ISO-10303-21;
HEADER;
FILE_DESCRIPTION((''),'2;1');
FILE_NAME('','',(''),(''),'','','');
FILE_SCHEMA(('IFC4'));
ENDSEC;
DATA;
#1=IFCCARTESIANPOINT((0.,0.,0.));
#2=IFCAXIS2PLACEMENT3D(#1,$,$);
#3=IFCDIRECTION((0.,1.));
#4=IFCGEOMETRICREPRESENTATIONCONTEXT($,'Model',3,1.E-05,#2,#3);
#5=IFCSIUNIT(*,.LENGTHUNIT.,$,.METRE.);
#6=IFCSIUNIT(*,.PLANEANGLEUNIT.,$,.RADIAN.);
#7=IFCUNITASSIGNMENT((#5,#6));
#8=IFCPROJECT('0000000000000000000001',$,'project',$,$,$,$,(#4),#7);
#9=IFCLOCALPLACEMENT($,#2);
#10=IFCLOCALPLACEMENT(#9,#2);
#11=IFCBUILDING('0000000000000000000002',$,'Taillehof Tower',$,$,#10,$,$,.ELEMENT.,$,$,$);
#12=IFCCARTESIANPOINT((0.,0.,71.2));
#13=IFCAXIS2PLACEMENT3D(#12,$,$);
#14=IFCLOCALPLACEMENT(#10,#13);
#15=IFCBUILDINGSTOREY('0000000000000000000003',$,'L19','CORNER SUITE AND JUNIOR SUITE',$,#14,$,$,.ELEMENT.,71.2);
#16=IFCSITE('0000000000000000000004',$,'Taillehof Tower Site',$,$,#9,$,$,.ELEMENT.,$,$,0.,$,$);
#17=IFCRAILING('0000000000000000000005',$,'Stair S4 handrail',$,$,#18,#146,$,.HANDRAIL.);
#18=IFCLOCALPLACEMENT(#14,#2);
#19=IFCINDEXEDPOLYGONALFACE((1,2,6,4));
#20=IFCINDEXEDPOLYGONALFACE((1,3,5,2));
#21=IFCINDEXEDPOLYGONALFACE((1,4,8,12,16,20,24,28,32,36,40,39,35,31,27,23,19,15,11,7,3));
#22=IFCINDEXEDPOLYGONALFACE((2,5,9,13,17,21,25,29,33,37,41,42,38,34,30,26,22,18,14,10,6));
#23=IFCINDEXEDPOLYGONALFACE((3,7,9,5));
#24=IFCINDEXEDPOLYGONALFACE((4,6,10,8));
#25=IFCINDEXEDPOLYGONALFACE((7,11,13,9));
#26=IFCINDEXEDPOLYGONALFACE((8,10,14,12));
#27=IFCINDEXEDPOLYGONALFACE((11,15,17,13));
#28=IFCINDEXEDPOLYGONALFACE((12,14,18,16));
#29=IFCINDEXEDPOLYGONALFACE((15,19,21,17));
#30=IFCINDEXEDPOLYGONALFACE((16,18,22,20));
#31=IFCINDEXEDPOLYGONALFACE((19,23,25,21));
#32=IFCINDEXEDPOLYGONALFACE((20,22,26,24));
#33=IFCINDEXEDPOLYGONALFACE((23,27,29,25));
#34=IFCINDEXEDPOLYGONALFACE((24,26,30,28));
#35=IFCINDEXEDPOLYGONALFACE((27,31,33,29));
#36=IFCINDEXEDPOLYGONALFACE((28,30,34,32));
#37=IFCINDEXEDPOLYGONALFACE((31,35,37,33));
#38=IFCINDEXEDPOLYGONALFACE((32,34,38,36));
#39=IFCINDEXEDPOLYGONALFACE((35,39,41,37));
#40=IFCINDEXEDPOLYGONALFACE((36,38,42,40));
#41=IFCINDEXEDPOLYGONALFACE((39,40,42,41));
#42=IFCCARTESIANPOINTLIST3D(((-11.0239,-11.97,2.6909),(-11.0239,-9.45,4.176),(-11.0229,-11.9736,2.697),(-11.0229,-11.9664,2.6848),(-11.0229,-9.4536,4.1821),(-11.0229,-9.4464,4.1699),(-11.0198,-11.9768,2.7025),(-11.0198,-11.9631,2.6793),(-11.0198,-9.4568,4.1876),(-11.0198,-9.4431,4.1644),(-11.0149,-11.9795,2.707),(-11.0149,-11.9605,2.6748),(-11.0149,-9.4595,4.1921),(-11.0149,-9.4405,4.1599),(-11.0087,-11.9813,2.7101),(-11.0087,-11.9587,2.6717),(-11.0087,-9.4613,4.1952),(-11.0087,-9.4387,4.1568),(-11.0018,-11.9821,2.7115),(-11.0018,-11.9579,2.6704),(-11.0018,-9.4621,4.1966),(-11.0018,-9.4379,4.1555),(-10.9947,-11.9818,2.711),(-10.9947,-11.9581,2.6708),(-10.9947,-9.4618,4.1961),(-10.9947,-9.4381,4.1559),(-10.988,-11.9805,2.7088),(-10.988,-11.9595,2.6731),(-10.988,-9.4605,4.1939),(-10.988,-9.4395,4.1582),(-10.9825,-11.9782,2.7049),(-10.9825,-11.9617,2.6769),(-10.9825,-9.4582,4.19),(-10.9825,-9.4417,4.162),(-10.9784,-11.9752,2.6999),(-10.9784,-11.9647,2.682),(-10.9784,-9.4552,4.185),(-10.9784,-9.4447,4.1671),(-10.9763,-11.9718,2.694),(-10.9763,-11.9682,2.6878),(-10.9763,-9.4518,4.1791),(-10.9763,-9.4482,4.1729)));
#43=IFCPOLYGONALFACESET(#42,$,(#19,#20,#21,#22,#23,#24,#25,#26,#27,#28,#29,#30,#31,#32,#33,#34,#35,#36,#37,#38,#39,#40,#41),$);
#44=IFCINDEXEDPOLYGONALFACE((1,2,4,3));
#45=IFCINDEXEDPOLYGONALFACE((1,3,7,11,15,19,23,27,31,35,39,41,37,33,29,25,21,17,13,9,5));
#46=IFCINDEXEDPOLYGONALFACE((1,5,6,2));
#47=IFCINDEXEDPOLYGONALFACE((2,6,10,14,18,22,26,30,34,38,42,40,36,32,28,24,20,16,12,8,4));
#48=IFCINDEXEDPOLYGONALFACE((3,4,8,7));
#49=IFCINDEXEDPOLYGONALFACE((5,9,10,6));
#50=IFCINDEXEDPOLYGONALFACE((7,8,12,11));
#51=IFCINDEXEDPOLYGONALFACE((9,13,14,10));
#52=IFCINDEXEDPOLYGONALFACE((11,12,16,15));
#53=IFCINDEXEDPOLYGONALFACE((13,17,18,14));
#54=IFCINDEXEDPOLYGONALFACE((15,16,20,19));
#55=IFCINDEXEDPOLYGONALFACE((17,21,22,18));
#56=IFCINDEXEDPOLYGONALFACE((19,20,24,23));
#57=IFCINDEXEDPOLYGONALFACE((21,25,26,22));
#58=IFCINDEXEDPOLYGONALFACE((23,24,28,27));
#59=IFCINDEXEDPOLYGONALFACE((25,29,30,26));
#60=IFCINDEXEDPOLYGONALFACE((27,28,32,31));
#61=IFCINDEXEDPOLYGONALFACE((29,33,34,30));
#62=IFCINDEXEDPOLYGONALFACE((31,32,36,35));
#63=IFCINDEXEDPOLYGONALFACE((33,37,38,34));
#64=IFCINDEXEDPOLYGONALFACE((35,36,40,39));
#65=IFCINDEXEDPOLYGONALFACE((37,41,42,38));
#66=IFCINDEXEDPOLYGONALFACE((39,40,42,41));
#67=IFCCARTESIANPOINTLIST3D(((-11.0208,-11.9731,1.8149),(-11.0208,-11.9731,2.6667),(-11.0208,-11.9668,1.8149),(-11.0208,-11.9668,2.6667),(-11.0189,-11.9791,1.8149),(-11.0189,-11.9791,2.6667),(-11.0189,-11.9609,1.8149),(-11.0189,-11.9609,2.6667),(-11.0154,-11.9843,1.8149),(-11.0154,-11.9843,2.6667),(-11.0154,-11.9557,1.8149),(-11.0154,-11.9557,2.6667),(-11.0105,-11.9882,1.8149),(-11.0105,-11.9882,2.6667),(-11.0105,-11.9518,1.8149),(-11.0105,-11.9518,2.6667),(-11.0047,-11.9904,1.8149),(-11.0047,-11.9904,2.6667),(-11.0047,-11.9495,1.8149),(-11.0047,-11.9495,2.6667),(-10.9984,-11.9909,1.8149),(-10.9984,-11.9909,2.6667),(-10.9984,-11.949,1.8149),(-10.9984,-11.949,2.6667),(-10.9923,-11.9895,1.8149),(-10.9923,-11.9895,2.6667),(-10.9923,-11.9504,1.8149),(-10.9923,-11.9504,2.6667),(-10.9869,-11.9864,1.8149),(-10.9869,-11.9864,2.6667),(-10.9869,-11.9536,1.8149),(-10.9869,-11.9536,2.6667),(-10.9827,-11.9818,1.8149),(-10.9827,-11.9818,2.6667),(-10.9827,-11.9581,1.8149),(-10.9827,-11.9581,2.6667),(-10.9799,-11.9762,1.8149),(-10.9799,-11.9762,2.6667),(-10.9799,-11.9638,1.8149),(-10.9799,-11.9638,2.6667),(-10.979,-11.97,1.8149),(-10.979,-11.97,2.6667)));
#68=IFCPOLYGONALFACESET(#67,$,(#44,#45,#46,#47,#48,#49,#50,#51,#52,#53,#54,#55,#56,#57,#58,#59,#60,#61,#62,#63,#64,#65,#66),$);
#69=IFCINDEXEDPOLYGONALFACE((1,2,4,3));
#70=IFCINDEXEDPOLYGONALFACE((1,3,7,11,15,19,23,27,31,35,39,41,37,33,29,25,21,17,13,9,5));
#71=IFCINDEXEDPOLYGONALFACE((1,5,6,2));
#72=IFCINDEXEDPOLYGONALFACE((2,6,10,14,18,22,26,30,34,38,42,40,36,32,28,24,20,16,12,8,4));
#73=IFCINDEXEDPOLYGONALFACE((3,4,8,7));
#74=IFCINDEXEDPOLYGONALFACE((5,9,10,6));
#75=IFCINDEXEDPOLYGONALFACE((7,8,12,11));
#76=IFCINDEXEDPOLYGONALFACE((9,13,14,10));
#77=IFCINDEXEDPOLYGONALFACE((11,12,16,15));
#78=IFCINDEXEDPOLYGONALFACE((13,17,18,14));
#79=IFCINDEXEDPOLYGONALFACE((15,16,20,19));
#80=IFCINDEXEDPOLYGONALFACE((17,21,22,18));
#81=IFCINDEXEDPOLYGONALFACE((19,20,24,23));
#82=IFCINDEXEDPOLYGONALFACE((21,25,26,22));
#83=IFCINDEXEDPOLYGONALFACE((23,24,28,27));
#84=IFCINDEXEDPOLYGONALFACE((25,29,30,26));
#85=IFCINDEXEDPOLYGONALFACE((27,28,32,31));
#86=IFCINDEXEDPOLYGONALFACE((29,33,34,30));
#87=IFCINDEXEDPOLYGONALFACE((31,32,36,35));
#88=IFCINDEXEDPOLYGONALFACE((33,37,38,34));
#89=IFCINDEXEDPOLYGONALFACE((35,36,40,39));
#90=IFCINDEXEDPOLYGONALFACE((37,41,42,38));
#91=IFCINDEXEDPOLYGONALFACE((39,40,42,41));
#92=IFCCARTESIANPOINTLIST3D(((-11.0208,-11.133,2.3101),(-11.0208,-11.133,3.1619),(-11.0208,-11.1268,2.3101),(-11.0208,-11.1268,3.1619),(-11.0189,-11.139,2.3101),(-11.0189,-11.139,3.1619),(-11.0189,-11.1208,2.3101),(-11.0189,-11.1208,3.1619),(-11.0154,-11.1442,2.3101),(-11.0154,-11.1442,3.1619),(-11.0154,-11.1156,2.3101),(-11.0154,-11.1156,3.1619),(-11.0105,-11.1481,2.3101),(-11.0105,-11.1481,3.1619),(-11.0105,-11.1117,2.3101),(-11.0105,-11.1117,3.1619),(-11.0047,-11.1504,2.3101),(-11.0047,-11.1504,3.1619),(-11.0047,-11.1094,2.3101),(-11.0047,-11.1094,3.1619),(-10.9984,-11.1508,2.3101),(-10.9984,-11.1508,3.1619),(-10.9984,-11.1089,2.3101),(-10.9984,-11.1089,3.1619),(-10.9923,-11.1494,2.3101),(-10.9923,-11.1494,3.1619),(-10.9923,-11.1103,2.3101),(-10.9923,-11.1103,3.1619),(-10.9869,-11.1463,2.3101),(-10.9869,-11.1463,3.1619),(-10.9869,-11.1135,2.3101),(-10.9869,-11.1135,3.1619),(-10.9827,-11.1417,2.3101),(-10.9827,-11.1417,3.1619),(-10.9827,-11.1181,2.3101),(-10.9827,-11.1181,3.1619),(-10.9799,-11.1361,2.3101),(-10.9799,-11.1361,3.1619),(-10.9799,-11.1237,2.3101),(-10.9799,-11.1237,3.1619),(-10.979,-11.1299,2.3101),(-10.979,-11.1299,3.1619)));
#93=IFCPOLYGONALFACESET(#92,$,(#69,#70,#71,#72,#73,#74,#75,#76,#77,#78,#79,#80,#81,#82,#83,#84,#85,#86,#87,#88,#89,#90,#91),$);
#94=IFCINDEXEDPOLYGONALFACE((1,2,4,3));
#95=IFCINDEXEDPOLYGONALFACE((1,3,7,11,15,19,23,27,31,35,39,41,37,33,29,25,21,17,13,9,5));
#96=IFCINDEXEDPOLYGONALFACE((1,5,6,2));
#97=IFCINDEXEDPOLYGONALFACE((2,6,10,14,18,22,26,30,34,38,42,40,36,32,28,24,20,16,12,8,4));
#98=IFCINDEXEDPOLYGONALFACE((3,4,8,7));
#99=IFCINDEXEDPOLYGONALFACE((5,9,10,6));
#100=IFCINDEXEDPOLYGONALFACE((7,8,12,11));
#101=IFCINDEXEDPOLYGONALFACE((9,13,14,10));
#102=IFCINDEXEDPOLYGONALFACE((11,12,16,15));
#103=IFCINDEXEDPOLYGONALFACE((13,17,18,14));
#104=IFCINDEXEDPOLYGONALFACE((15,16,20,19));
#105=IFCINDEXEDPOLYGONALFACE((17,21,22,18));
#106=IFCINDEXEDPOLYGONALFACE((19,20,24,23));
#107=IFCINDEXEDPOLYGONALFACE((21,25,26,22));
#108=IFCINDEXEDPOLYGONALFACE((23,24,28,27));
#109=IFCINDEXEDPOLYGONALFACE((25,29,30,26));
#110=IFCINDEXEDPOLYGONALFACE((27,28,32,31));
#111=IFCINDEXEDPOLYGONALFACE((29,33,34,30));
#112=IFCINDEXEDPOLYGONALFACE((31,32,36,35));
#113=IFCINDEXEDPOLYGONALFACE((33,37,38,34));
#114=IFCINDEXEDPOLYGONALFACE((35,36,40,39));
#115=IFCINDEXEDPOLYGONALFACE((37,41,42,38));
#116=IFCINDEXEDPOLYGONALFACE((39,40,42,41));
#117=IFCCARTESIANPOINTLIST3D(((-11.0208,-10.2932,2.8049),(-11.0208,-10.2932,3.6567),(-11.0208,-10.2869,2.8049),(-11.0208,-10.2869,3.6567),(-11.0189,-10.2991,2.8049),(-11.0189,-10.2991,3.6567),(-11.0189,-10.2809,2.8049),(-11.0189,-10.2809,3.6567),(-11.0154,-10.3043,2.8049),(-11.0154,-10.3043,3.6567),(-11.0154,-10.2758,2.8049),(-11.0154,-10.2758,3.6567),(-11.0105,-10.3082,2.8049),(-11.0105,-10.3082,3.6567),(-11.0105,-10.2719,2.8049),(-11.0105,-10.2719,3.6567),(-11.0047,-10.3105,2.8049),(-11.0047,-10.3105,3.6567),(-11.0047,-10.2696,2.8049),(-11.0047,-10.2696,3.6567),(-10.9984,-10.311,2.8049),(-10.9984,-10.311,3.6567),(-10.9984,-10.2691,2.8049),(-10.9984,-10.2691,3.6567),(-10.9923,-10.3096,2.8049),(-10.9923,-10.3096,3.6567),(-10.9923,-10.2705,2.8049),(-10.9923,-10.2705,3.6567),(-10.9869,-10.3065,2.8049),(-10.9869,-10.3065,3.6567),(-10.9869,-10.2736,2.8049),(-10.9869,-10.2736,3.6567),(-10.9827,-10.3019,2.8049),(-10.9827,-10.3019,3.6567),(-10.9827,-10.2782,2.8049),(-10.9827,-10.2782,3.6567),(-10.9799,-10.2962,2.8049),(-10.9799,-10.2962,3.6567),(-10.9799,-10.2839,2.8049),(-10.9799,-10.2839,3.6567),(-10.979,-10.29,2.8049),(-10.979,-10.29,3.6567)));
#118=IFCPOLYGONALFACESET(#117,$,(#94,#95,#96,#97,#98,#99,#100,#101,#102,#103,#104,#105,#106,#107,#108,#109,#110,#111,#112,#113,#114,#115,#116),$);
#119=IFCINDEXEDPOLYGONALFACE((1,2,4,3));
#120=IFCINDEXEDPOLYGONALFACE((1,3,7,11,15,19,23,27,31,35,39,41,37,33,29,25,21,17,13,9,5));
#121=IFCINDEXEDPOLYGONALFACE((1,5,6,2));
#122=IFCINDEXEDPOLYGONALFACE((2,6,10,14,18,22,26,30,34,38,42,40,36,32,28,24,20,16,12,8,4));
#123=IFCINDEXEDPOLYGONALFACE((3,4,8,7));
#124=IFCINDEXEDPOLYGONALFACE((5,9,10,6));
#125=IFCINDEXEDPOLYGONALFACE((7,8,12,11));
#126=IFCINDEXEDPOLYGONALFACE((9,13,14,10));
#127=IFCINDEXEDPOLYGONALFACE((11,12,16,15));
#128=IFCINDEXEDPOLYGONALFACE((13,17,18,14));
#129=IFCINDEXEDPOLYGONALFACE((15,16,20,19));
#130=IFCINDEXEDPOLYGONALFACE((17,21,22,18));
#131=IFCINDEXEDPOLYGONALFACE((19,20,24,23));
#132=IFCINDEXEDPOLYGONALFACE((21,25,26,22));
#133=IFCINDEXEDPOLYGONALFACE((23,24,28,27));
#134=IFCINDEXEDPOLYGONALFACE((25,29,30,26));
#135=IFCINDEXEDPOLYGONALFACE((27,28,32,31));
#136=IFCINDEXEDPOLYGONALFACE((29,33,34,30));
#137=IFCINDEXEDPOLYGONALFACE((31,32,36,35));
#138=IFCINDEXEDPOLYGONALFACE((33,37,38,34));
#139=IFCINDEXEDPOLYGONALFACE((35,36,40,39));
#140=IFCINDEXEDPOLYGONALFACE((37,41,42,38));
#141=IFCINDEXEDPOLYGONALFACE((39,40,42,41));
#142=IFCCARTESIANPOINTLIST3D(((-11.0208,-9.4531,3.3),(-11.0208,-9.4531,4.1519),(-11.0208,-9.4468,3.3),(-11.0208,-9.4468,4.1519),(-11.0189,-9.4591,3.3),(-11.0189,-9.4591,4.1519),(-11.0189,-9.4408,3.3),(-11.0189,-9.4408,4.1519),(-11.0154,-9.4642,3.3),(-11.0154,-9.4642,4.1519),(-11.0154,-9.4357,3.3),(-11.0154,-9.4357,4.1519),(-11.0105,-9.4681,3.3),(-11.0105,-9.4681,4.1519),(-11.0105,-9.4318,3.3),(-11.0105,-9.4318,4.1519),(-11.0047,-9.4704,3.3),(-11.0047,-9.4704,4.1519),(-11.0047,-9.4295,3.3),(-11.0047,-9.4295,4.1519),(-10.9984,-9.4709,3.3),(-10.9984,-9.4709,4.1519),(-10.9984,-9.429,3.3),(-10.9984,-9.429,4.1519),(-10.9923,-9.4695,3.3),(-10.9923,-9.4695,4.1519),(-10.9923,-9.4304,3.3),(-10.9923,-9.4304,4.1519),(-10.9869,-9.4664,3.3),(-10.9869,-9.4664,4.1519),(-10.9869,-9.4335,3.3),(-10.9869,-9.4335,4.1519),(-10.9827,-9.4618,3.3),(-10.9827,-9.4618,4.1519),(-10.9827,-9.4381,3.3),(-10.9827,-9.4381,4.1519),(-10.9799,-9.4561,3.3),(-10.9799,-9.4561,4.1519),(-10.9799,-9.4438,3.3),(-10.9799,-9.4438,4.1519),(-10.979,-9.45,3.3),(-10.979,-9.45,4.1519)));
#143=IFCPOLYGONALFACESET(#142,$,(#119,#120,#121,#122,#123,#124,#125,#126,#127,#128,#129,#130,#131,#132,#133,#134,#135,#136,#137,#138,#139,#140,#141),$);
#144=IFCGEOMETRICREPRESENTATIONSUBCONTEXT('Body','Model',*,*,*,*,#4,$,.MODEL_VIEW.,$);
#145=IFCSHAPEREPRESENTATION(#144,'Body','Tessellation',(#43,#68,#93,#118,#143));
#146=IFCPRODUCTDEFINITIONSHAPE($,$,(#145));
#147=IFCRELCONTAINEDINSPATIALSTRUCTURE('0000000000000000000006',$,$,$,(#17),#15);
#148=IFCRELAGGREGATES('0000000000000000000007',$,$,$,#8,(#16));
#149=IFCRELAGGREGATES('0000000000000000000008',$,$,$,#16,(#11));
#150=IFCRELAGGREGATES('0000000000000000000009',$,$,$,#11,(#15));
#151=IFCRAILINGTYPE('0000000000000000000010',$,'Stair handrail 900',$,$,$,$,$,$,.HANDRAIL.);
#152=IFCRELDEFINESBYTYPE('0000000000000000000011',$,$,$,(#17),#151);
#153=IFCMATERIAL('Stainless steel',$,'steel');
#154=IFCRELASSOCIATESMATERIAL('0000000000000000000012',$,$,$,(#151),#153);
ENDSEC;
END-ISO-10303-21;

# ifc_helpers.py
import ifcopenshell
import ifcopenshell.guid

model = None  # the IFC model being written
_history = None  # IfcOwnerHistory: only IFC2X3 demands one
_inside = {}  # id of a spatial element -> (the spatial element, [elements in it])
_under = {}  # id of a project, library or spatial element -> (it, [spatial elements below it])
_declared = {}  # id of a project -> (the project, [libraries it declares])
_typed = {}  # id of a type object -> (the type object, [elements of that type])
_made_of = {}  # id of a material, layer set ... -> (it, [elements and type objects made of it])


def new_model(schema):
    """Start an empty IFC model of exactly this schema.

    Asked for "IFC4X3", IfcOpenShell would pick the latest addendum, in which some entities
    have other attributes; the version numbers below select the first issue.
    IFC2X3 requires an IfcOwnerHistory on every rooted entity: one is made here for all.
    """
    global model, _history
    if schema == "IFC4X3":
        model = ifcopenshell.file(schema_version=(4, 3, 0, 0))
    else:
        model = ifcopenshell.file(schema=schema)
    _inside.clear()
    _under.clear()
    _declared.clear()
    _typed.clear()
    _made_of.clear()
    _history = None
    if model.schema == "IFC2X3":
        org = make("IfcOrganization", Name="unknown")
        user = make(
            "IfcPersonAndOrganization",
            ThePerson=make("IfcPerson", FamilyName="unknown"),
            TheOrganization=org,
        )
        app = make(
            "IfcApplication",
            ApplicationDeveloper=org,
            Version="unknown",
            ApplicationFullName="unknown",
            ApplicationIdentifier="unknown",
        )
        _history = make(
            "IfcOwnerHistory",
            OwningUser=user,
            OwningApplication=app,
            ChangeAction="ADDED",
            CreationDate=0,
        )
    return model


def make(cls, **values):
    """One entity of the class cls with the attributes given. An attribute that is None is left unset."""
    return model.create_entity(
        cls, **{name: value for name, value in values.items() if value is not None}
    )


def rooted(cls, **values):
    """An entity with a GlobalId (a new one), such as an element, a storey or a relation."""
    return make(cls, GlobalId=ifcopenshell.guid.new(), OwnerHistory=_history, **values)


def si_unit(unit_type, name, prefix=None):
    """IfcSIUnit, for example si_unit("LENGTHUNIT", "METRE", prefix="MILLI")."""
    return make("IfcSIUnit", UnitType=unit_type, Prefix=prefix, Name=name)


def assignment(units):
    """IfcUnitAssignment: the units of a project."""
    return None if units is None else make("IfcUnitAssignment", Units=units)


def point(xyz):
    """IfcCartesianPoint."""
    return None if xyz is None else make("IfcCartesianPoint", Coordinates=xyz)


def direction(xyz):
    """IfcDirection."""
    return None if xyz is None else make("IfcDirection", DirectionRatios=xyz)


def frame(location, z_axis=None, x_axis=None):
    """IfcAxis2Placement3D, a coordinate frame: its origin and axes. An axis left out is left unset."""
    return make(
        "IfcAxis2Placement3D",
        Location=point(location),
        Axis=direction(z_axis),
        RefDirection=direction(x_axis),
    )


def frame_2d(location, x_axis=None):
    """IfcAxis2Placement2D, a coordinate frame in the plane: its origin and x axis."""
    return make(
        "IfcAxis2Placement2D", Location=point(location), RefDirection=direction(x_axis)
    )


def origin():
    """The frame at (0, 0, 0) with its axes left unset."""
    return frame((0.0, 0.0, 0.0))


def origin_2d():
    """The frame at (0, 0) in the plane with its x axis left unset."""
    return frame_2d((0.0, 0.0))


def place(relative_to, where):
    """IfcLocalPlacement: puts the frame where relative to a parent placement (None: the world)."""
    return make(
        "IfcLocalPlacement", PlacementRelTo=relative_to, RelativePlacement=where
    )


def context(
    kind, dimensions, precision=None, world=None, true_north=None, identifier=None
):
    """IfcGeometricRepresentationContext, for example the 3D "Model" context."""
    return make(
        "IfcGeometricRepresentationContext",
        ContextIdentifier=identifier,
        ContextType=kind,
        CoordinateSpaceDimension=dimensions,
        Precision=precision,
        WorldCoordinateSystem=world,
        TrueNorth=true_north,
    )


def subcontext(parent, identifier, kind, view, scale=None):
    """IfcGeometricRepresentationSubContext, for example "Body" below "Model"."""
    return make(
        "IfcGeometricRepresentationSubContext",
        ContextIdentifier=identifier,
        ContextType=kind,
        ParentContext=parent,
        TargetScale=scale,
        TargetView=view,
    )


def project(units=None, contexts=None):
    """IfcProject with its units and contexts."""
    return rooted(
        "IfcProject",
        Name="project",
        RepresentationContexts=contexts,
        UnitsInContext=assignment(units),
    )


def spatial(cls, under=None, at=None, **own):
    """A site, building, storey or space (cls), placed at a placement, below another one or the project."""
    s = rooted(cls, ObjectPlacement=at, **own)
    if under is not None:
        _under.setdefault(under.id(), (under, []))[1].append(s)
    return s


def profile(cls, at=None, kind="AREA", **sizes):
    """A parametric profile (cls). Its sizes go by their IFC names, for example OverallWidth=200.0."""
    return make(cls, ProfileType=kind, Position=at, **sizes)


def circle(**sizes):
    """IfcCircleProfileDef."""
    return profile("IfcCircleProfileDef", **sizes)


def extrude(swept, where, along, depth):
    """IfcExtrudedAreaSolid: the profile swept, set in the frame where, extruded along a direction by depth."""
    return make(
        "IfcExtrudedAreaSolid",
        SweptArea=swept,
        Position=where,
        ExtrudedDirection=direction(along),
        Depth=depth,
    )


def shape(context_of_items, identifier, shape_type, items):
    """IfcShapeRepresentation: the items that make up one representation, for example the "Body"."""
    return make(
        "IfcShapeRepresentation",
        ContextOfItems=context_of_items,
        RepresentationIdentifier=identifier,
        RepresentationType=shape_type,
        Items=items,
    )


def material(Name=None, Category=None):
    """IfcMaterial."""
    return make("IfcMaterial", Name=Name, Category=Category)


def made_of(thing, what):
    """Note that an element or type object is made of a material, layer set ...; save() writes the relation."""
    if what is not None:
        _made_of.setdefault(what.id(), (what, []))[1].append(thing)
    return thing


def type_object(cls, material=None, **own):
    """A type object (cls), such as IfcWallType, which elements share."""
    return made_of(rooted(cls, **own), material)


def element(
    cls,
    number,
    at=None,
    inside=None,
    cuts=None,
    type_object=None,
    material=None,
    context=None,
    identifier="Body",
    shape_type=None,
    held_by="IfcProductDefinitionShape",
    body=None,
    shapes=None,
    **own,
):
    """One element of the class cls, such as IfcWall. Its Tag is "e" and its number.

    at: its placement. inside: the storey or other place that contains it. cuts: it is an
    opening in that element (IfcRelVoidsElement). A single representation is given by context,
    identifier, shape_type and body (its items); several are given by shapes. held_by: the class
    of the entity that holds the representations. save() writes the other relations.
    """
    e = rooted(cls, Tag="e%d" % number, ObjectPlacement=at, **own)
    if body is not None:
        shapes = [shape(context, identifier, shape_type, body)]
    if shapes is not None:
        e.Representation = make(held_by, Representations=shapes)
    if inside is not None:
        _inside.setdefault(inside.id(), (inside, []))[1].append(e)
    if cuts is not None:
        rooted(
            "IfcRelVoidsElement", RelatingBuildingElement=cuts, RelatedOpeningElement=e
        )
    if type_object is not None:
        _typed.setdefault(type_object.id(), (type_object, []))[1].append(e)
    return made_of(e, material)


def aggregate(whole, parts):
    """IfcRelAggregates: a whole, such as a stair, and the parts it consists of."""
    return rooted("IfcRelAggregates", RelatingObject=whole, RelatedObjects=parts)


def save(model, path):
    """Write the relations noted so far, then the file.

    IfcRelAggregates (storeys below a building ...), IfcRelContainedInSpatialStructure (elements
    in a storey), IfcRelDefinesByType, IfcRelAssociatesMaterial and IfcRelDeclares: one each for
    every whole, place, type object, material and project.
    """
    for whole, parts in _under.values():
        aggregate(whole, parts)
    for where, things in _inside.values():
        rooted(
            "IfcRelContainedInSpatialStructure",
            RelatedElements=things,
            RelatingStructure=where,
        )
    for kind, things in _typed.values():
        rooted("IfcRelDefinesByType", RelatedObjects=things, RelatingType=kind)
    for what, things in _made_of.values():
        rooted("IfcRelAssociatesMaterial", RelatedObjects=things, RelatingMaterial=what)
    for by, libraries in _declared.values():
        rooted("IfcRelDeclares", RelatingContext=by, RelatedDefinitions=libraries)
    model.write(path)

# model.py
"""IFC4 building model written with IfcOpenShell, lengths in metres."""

from ifc_helpers import new_model, si_unit, direction, frame, origin, origin_2d, place, context, subcontext, project, spatial, circle, extrude, material, type_object, element, save


model = new_model("IFC4")

# Units and contexts
model_context = context("Model", 3, precision=1e-05, world=origin(), true_north=direction((0.0, 1.0)))
body_context = subcontext(model_context, "Body", "Model", "MODEL_VIEW")
ifc_project = project(units=[si_unit("LENGTHUNIT", "METRE"), si_unit("PLANEANGLEUNIT", "RADIAN")], contexts=[model_context])

# Site, building, storey
site_placement = place(None, origin())
site = spatial("IfcSite", under=ifc_project, at=site_placement, Name="Taillehof Tower Site", CompositionType="ELEMENT", RefElevation=0.0)
building_placement = place(site_placement, origin())
building = spatial("IfcBuilding", under=site, at=building_placement, Name="Taillehof Tower", CompositionType="ELEMENT")
storey_placement = place(building_placement, frame((0.0, 0.0, 71.2)))
storey = spatial("IfcBuildingStorey", under=building, at=storey_placement, Name="L19", Description="CORNER SUITE AND JUNIOR SUITE", CompositionType="ELEMENT", Elevation=71.2)

# Railing
ifc_material_1 = material(Name="Stainless steel", Category="steel")
railing_type = type_object("IfcRailingType", Name="Stair handrail 900", PredefinedType="HANDRAIL", material=ifc_material_1)
railing_placement = place(storey_placement, frame((-11.0, -11.97, 1.8149)))
element("IfcRailing", 1, at=railing_placement, inside=storey, type_object=railing_type, Name="Stair S4 handrail", PredefinedType="HANDRAIL", context=body_context, shape_type="SweptSolid", body=[
    extrude(circle(Radius=0.0239, at=origin_2d()), frame((0.0, 0.0, 0.876), z_axis=(0.0, 0.861524, 0.507717), x_axis=(-1.0, 0.0, 0.0)), (0.0, 0.0, 1.0), 2.925),
    extrude(circle(Radius=0.021, at=origin_2d()), origin(), (0.0, 0.0, 1.0), 0.8518),
    extrude(circle(Radius=0.021, at=origin_2d()), frame((0.0, 0.8401, 0.4951)), (0.0, 0.0, 1.0), 0.8518),
    extrude(circle(Radius=0.021, at=origin_2d()), frame((0.0, 1.6799, 0.99)), (0.0, 0.0, 1.0), 0.8518),
    extrude(circle(Radius=0.021, at=origin_2d()), frame((0.0, 2.52, 1.4851)), (0.0, 0.0, 1.0), 0.8518),
])

save(model, "model.ifc")
